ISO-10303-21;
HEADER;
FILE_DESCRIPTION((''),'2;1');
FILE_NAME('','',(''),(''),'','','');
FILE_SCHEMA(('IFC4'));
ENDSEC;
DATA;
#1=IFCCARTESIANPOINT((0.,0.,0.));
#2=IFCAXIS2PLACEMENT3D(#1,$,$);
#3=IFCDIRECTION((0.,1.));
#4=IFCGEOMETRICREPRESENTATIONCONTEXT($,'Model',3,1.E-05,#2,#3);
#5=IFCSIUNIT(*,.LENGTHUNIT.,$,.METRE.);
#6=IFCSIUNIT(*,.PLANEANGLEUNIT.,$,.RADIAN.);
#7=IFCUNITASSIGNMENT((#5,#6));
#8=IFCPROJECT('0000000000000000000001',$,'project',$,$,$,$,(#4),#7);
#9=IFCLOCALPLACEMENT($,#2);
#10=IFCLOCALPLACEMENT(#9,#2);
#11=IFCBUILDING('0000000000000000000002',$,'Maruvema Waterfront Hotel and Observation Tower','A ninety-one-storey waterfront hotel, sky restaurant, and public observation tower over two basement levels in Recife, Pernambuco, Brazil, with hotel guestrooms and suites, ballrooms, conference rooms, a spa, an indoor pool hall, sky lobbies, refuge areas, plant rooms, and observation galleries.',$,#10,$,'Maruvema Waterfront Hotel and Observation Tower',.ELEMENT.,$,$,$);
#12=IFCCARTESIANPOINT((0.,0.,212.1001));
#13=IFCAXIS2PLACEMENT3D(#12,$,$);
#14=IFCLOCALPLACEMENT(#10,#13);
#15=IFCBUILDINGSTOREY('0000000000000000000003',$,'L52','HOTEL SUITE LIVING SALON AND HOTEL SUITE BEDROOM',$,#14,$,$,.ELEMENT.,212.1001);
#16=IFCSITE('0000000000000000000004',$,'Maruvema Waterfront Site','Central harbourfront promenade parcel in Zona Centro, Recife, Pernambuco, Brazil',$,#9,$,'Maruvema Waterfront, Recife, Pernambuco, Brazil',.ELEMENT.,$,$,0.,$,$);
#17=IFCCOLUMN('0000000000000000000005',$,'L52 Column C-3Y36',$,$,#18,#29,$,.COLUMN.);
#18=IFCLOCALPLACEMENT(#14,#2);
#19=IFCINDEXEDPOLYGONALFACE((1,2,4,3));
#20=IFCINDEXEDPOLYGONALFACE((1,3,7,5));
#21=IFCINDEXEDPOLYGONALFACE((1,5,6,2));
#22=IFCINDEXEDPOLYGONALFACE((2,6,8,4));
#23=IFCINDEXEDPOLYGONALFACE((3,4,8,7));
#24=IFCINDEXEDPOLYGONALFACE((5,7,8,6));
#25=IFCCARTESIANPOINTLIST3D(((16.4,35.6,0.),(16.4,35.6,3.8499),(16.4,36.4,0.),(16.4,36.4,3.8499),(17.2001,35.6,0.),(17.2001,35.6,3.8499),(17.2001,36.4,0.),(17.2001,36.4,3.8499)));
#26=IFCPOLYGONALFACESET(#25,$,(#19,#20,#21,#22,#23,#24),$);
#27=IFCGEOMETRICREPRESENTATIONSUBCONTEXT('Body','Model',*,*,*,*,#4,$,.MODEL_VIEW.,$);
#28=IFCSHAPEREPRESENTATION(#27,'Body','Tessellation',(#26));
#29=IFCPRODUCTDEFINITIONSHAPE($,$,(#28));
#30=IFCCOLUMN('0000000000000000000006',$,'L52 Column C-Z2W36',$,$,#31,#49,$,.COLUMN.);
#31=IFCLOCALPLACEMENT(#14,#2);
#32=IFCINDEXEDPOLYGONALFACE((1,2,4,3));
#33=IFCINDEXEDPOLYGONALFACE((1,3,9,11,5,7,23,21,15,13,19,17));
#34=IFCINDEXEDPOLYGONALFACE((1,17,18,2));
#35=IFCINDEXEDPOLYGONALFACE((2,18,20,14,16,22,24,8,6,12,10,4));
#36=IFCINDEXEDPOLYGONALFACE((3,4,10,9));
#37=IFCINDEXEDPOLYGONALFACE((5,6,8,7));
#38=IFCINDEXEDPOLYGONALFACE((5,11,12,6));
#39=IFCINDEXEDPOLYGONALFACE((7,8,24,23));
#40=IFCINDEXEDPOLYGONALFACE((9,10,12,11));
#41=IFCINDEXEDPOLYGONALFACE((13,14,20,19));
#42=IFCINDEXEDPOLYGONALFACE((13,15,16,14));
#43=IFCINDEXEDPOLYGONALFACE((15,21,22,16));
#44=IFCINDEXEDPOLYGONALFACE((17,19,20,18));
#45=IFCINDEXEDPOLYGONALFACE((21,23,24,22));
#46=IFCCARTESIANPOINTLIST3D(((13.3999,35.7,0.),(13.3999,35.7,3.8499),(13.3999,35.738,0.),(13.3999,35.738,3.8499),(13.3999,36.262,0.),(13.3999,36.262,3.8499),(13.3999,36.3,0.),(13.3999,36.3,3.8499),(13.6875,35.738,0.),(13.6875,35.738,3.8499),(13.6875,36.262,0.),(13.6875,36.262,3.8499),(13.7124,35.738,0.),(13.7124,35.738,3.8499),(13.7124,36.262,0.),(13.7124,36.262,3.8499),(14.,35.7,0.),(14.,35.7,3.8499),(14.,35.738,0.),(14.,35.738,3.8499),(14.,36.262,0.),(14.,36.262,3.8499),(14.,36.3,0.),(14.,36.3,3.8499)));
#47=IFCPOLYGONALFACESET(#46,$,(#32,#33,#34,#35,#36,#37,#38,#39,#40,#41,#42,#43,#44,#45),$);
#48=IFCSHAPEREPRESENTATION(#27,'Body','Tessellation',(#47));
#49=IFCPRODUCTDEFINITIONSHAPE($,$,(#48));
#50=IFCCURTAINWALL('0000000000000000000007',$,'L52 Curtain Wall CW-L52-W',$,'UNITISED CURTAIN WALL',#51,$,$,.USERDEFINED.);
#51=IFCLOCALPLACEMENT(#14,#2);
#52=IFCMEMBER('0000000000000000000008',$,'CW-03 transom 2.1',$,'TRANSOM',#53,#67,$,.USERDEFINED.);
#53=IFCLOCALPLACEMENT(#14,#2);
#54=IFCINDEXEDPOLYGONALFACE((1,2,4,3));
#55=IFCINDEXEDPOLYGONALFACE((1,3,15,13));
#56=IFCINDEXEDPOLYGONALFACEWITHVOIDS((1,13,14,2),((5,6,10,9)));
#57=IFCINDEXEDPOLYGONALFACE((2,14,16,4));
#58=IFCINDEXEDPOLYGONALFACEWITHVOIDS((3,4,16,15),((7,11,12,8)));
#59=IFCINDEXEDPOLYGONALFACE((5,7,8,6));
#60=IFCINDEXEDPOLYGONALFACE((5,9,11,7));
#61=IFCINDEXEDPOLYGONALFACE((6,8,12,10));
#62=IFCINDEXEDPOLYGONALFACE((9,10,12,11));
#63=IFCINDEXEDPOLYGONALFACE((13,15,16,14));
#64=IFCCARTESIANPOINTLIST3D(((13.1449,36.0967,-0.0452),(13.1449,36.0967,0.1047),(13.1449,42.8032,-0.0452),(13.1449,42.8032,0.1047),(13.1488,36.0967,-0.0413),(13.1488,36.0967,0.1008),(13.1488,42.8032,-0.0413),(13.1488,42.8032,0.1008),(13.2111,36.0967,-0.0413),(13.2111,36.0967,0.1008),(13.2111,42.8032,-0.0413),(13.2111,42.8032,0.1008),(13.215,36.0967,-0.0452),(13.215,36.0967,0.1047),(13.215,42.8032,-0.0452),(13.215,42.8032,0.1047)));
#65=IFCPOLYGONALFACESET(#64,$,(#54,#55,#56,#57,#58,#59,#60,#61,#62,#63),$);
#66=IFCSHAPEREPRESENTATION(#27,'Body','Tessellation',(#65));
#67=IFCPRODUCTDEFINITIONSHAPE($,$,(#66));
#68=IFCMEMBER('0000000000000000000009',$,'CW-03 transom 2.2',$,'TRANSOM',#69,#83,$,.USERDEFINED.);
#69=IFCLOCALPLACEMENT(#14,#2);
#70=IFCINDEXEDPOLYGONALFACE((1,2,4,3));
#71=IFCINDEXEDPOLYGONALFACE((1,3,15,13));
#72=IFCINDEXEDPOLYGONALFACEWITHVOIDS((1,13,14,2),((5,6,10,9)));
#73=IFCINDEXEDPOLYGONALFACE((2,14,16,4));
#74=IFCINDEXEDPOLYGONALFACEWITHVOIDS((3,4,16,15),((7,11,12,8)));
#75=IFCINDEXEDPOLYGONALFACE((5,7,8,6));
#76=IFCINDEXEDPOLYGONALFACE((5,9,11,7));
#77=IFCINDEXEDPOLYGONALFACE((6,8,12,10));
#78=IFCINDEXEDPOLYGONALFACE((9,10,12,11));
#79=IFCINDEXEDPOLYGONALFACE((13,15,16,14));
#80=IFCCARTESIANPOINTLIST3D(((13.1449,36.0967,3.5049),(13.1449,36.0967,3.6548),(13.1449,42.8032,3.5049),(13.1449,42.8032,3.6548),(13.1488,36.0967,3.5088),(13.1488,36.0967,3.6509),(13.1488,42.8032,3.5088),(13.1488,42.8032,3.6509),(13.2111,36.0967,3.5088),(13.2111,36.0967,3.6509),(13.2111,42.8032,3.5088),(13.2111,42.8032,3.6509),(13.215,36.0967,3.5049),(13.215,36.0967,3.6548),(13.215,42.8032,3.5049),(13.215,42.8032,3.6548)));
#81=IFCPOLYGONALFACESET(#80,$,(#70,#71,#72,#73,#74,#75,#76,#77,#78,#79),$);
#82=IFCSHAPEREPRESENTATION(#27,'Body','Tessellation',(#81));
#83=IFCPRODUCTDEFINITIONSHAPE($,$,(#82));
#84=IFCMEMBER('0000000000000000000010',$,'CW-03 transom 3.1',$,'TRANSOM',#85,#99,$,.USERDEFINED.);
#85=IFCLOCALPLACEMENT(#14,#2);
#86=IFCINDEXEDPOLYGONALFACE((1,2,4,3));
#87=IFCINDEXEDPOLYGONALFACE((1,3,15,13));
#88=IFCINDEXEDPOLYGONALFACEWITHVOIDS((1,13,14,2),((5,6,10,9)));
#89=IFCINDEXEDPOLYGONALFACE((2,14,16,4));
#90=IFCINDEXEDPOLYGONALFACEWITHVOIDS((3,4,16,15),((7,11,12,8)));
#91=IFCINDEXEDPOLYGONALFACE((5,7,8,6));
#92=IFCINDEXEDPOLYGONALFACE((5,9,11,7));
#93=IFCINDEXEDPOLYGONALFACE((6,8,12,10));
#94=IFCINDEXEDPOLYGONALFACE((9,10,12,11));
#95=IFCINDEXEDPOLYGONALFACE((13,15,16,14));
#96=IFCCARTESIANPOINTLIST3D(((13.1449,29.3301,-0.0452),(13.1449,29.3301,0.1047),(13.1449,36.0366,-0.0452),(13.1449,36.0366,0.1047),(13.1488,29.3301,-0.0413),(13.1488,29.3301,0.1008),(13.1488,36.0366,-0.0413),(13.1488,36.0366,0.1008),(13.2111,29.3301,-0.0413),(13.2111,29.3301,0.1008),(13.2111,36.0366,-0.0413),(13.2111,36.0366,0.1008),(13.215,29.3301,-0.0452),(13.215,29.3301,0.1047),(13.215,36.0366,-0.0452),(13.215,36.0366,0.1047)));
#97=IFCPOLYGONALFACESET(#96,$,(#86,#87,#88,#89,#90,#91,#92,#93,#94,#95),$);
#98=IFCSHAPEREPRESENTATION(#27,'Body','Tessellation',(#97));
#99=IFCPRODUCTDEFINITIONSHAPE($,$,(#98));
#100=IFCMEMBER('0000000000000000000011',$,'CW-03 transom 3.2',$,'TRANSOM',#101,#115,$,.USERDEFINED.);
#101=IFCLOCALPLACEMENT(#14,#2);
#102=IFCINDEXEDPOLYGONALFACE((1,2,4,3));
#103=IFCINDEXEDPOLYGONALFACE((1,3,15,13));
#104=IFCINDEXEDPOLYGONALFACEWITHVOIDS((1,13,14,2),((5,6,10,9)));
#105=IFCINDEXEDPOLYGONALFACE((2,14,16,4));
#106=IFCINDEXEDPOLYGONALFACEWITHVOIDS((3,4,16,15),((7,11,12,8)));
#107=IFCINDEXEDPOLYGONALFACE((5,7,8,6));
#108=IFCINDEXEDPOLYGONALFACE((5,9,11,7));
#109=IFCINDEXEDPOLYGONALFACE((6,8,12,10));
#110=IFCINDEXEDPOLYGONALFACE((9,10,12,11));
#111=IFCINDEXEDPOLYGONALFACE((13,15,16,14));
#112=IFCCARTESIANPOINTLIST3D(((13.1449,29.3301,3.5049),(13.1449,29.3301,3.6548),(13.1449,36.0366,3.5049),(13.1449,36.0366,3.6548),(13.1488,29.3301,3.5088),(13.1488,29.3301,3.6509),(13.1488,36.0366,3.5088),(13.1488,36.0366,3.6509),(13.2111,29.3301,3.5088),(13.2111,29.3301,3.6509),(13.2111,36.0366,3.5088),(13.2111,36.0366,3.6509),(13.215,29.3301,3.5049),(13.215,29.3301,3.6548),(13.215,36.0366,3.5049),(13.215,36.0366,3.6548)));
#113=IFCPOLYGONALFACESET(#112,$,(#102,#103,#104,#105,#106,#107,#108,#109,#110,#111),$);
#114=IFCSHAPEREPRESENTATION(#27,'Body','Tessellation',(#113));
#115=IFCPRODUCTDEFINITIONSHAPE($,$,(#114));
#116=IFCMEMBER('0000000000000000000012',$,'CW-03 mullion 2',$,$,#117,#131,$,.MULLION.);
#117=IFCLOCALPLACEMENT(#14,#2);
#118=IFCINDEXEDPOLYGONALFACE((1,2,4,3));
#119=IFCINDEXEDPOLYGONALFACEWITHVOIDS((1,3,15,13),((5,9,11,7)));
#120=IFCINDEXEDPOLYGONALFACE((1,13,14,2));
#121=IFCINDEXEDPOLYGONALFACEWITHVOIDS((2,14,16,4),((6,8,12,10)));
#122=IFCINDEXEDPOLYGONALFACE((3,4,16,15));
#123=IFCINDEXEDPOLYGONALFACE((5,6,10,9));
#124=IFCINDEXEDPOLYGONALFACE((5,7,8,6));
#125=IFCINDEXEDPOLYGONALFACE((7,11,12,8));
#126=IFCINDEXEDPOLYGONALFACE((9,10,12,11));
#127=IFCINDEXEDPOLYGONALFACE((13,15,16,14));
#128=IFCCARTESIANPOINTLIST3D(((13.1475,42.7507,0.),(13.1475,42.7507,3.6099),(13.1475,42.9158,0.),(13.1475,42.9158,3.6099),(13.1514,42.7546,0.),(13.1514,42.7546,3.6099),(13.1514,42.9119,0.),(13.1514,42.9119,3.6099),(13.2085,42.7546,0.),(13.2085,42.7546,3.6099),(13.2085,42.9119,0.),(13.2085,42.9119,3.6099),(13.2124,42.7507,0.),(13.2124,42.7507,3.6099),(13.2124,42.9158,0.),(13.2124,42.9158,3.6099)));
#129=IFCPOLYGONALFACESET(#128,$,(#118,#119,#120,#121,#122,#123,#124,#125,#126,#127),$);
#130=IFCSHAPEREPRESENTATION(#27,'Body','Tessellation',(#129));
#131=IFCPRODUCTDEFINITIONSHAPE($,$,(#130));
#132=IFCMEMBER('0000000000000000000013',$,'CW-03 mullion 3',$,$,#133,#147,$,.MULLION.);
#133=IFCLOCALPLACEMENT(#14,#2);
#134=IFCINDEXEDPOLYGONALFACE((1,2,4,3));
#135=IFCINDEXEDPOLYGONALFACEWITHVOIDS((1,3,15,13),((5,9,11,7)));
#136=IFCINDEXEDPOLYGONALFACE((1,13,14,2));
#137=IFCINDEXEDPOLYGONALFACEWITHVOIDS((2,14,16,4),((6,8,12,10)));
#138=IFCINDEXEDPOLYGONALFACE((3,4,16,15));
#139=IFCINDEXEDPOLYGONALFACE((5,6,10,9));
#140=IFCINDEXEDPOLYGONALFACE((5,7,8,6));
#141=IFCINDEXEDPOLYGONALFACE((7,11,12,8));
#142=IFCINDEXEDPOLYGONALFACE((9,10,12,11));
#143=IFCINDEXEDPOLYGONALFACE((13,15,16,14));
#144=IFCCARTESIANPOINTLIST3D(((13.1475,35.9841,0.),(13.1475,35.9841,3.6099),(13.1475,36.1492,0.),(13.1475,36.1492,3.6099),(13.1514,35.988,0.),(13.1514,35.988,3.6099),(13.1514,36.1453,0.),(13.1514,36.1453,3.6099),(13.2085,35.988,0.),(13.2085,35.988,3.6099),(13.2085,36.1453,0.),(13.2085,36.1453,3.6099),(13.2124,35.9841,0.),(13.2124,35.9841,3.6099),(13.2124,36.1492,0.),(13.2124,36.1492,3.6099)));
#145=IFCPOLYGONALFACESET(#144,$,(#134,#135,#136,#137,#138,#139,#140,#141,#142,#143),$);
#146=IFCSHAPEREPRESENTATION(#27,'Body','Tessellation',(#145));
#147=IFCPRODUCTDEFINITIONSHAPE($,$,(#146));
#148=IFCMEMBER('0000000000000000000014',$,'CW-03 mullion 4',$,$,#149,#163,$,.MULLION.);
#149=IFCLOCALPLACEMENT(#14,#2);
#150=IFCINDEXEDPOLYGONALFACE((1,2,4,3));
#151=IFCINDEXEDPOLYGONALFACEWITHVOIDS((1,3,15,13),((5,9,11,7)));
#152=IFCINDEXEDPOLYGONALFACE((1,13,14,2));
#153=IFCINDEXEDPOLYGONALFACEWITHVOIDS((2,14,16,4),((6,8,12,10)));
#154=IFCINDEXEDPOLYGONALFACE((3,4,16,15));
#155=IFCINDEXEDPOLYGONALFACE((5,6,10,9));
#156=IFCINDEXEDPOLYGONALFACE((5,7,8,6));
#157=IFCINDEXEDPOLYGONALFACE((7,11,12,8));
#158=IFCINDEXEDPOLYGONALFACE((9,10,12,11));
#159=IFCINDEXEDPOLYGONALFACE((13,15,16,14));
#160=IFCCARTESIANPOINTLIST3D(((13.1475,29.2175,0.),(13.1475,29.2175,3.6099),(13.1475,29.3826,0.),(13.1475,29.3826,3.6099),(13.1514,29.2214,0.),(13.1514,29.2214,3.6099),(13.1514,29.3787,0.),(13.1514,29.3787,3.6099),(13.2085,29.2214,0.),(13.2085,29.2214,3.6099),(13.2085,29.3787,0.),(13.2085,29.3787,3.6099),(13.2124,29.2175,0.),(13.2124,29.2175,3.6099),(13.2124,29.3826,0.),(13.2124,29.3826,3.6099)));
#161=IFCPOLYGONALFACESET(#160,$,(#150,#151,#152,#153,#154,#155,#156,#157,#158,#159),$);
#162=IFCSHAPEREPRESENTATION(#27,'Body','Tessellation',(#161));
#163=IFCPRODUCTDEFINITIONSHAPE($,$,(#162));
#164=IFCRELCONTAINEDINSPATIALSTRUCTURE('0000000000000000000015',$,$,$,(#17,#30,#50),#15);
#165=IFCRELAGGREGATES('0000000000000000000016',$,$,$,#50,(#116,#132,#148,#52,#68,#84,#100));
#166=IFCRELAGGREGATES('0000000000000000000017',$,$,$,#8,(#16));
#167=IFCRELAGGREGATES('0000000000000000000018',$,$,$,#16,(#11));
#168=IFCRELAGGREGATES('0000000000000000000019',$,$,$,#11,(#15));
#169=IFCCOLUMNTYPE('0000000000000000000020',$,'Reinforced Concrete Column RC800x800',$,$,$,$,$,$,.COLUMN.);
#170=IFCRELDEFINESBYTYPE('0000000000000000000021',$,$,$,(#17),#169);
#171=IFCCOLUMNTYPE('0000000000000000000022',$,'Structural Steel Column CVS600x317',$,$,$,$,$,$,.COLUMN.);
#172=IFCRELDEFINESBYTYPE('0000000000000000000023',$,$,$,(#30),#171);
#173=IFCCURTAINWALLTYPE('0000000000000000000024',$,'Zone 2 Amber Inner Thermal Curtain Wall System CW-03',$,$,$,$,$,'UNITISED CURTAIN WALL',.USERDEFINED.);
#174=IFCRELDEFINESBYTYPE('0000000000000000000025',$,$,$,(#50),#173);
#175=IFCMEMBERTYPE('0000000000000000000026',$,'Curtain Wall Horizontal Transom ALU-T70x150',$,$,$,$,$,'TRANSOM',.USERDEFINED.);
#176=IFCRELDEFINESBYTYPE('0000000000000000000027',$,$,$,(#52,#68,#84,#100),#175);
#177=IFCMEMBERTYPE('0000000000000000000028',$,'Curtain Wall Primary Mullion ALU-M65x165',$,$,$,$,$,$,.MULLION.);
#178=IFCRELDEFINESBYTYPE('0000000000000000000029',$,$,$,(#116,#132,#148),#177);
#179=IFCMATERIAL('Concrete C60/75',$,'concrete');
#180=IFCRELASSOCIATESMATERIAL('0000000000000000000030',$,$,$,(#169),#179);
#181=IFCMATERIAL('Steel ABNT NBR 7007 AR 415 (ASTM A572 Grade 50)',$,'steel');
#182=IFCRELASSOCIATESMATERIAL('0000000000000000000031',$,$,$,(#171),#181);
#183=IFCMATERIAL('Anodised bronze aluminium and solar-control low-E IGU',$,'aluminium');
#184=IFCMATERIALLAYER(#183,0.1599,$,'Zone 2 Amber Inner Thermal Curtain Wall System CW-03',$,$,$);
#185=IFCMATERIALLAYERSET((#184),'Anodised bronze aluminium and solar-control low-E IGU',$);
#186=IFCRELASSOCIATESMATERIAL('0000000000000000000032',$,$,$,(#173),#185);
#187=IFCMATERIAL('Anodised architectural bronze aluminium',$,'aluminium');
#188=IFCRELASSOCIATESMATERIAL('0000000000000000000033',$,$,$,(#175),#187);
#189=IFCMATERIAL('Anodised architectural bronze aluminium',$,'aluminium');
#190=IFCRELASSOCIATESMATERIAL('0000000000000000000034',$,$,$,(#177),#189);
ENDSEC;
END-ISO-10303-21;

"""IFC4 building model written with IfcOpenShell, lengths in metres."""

from ifc_helpers import new_model, si_unit, direction, frame, origin, origin_2d, place, context, subcontext, project, spatial, rectangle, hollow_rectangle, i_section, extrude, material, layer, layer_set, material_profile, profile_set, type_object, element, aggregate, save


model = new_model("IFC4")

# Units and contexts
model_context = context("Model", 3, precision=1e-05, world=origin(), true_north=direction((0.0, 1.0)))
body_context = subcontext(model_context, "Body", "Model", "MODEL_VIEW")
ifc_project = project(units=[si_unit("LENGTHUNIT", "METRE"), si_unit("PLANEANGLEUNIT", "RADIAN")], contexts=[model_context])

# Site, building, storey
site_placement = place(None, origin())
site = spatial("IfcSite", under=ifc_project, at=site_placement, Name="Maruvema Waterfront Site", Description="Central harbourfront promenade parcel in Zona Centro, Recife, Pernambuco, Brazil", LongName="Maruvema Waterfront, Recife, Pernambuco, Brazil", CompositionType="ELEMENT", RefElevation=0.0)
building_placement = place(site_placement, origin())
building = spatial("IfcBuilding", under=site, at=building_placement, Name="Maruvema Waterfront Hotel and Observation Tower", Description="A ninety-one-storey waterfront hotel, sky restaurant, and public observation tower over two basement levels in Recife, Pernambuco, Brazil, with hotel guestrooms and suites, ballrooms, conference rooms, a spa, an indoor pool hall, sky lobbies, refuge areas, plant rooms, and observation galleries.", LongName="Maruvema Waterfront Hotel and Observation Tower", CompositionType="ELEMENT")
storey_placement = place(building_placement, frame((0.0, 0.0, 212.1001)))
storey = spatial("IfcBuildingStorey", under=building, at=storey_placement, Name="L52", Description="HOTEL SUITE LIVING SALON AND HOTEL SUITE BEDROOM", CompositionType="ELEMENT", Elevation=212.1001)

# Columns
ifc_material_1 = material(Name="Concrete C60/75", Category="concrete")
ifc_material_profile_1 = material_profile(ifc_material_1, rectangle(XDim=0.8, YDim=0.8, at=origin_2d()), Name="RC800x800")
ifc_profile_set_1 = profile_set([ifc_material_profile_1], Name="Concrete C60/75")
column_type_1 = type_object("IfcColumnType", Name="Reinforced Concrete Column RC800x800", PredefinedType="COLUMN", material=ifc_profile_set_1)
column_1_placement = place(storey_placement, frame((16.8, 36.0, 0.0), z_axis=(0.0, 0.0, 1.0), x_axis=(1.0, 0.0, 0.0)))
element("IfcColumn", 1, at=column_1_placement, inside=storey, type_object=column_type_1, Name="L52 Column C-3Y36", PredefinedType="COLUMN", context=body_context, shape_type="SweptSolid", body=[
    extrude(rectangle(XDim=0.8, YDim=0.8, at=origin_2d()), origin(), (0.0, 0.0, 1.0), 3.8499),
])
ifc_material_2 = material(Name="Steel ABNT NBR 7007 AR 415 (ASTM A572 Grade 50)", Category="steel")
ifc_material_profile_2 = material_profile(ifc_material_2, i_section(OverallWidth=0.6001, OverallDepth=0.6001, WebThickness=0.0249, FlangeThickness=0.0381, at=origin_2d()), Name="CVS600x317")
ifc_profile_set_2 = profile_set([ifc_material_profile_2], Name="Steel ABNT NBR 7007 AR 415 (ASTM A572 Grade 50)")
column_type_2 = type_object("IfcColumnType", Name="Structural Steel Column CVS600x317", PredefinedType="COLUMN", material=ifc_profile_set_2)
column_2_placement = place(storey_placement, frame((13.7, 36.0, 0.0), z_axis=(0.0, 0.0, 1.0), x_axis=(1.0, 0.0, 0.0)))
element("IfcColumn", 2, at=column_2_placement, inside=storey, type_object=column_type_2, Name="L52 Column C-Z2W36", PredefinedType="COLUMN", context=body_context, shape_type="SweptSolid", body=[
    extrude(i_section(OverallWidth=0.6001, OverallDepth=0.6001, WebThickness=0.0249, FlangeThickness=0.0381, at=origin_2d()), origin(), (0.0, 0.0, 1.0), 3.8499),
])

# Curtain wall, members
ifc_material_3 = material(Name="Anodised bronze aluminium and solar-control low-E IGU", Category="aluminium")
ifc_layer_1 = layer(ifc_material_3, 0.1599, Name="Zone 2 Amber Inner Thermal Curtain Wall System CW-03")
ifc_layer_set_1 = layer_set([ifc_layer_1], Name="Anodised bronze aluminium and solar-control low-E IGU")
curtain_wall_type = type_object("IfcCurtainWallType", Name="Zone 2 Amber Inner Thermal Curtain Wall System CW-03", ElementType="UNITISED CURTAIN WALL", PredefinedType="USERDEFINED", material=ifc_layer_set_1)
curtain_wall_placement = place(storey_placement, origin())
curtain_wall = element("IfcCurtainWall", 3, at=curtain_wall_placement, inside=storey, type_object=curtain_wall_type, Name="L52 Curtain Wall CW-L52-W", ObjectType="UNITISED CURTAIN WALL", PredefinedType="USERDEFINED")
ifc_material_4 = material(Name="Anodised architectural bronze aluminium", Category="aluminium")
ifc_material_profile_3 = material_profile(ifc_material_4, hollow_rectangle(XDim=0.0701, YDim=0.1499, WallThickness=0.0039, at=origin_2d()), Name="ALU-T70x150")
ifc_profile_set_3 = profile_set([ifc_material_profile_3], Name="Anodised architectural bronze aluminium")
member_type_1 = type_object("IfcMemberType", Name="Curtain Wall Horizontal Transom ALU-T70x150", ElementType="TRANSOM", PredefinedType="USERDEFINED", material=ifc_profile_set_3)
member_1_placement = place(storey_placement, frame((13.1799, 42.8032, 0.0298), z_axis=(0.0, -1.0, 0.0), x_axis=(1.0, 0.0, 0.0)))
member_1 = element("IfcMember", 4, at=member_1_placement, type_object=member_type_1, Name="CW-03 transom 2.1", ObjectType="TRANSOM", PredefinedType="USERDEFINED", context=body_context, shape_type="SweptSolid", body=[
    extrude(hollow_rectangle(XDim=0.0701, YDim=0.1499, WallThickness=0.0039, at=origin_2d()), origin(), (0.0, 0.0, 1.0), 6.7065),
])
member_2_placement = place(storey_placement, frame((13.1799, 42.8032, 3.5798), z_axis=(0.0, -1.0, 0.0), x_axis=(1.0, 0.0, 0.0)))
member_2 = element("IfcMember", 5, at=member_2_placement, type_object=member_type_1, Name="CW-03 transom 2.2", ObjectType="TRANSOM", PredefinedType="USERDEFINED", context=body_context, shape_type="SweptSolid", body=[
    extrude(hollow_rectangle(XDim=0.0701, YDim=0.1499, WallThickness=0.0039, at=origin_2d()), origin(), (0.0, 0.0, 1.0), 6.7065),
])
member_3_placement = place(storey_placement, frame((13.1799, 36.0366, 0.0298), z_axis=(0.0, -1.0, 0.0), x_axis=(1.0, 0.0, 0.0)))
member_3 = element("IfcMember", 6, at=member_3_placement, type_object=member_type_1, Name="CW-03 transom 3.1", ObjectType="TRANSOM", PredefinedType="USERDEFINED", context=body_context, shape_type="SweptSolid", body=[
    extrude(hollow_rectangle(XDim=0.0701, YDim=0.1499, WallThickness=0.0039, at=origin_2d()), origin(), (0.0, 0.0, 1.0), 6.7065),
])
member_4_placement = place(storey_placement, frame((13.1799, 36.0366, 3.5798), z_axis=(0.0, -1.0, 0.0), x_axis=(1.0, 0.0, 0.0)))
member_4 = element("IfcMember", 7, at=member_4_placement, type_object=member_type_1, Name="CW-03 transom 3.2", ObjectType="TRANSOM", PredefinedType="USERDEFINED", context=body_context, shape_type="SweptSolid", body=[
    extrude(hollow_rectangle(XDim=0.0701, YDim=0.1499, WallThickness=0.0039, at=origin_2d()), origin(), (0.0, 0.0, 1.0), 6.7065),
])
ifc_material_5 = material(Name="Anodised architectural bronze aluminium", Category="aluminium")
ifc_material_profile_4 = material_profile(ifc_material_5, hollow_rectangle(XDim=0.0649, YDim=0.165, WallThickness=0.0039, at=origin_2d()), Name="ALU-M65x165")
ifc_profile_set_4 = profile_set([ifc_material_profile_4], Name="Anodised architectural bronze aluminium")
member_type_2 = type_object("IfcMemberType", Name="Curtain Wall Primary Mullion ALU-M65x165", PredefinedType="MULLION", material=ifc_profile_set_4)
member_5_placement = place(storey_placement, frame((13.1799, 42.8333, 0.0), z_axis=(0.0, 0.0, 1.0), x_axis=(1.0, 0.0, 0.0)))
member_5 = element("IfcMember", 8, at=member_5_placement, type_object=member_type_2, Name="CW-03 mullion 2", PredefinedType="MULLION", context=body_context, shape_type="SweptSolid", body=[
    extrude(hollow_rectangle(XDim=0.0649, YDim=0.165, WallThickness=0.0039, at=origin_2d()), origin(), (0.0, 0.0, 1.0), 3.6099),
])
member_6_placement = place(storey_placement, frame((13.1799, 36.0667, 0.0), z_axis=(0.0, 0.0, 1.0), x_axis=(1.0, 0.0, 0.0)))
member_6 = element("IfcMember", 9, at=member_6_placement, type_object=member_type_2, Name="CW-03 mullion 3", PredefinedType="MULLION", context=body_context, shape_type="SweptSolid", body=[
    extrude(hollow_rectangle(XDim=0.0649, YDim=0.165, WallThickness=0.0039, at=origin_2d()), origin(), (0.0, 0.0, 1.0), 3.6099),
])
member_7_placement = place(storey_placement, frame((13.1799, 29.3, 0.0), z_axis=(0.0, 0.0, 1.0), x_axis=(1.0, 0.0, 0.0)))
member_7 = element("IfcMember", 10, at=member_7_placement, type_object=member_type_2, Name="CW-03 mullion 4", PredefinedType="MULLION", context=body_context, shape_type="SweptSolid", body=[
    extrude(hollow_rectangle(XDim=0.0649, YDim=0.165, WallThickness=0.0039, at=origin_2d()), origin(), (0.0, 0.0, 1.0), 3.6099),
])

aggregate(curtain_wall, [member_5, member_6, member_7, member_1, member_2, member_3, member_4])

save(model, "model.ifc")
